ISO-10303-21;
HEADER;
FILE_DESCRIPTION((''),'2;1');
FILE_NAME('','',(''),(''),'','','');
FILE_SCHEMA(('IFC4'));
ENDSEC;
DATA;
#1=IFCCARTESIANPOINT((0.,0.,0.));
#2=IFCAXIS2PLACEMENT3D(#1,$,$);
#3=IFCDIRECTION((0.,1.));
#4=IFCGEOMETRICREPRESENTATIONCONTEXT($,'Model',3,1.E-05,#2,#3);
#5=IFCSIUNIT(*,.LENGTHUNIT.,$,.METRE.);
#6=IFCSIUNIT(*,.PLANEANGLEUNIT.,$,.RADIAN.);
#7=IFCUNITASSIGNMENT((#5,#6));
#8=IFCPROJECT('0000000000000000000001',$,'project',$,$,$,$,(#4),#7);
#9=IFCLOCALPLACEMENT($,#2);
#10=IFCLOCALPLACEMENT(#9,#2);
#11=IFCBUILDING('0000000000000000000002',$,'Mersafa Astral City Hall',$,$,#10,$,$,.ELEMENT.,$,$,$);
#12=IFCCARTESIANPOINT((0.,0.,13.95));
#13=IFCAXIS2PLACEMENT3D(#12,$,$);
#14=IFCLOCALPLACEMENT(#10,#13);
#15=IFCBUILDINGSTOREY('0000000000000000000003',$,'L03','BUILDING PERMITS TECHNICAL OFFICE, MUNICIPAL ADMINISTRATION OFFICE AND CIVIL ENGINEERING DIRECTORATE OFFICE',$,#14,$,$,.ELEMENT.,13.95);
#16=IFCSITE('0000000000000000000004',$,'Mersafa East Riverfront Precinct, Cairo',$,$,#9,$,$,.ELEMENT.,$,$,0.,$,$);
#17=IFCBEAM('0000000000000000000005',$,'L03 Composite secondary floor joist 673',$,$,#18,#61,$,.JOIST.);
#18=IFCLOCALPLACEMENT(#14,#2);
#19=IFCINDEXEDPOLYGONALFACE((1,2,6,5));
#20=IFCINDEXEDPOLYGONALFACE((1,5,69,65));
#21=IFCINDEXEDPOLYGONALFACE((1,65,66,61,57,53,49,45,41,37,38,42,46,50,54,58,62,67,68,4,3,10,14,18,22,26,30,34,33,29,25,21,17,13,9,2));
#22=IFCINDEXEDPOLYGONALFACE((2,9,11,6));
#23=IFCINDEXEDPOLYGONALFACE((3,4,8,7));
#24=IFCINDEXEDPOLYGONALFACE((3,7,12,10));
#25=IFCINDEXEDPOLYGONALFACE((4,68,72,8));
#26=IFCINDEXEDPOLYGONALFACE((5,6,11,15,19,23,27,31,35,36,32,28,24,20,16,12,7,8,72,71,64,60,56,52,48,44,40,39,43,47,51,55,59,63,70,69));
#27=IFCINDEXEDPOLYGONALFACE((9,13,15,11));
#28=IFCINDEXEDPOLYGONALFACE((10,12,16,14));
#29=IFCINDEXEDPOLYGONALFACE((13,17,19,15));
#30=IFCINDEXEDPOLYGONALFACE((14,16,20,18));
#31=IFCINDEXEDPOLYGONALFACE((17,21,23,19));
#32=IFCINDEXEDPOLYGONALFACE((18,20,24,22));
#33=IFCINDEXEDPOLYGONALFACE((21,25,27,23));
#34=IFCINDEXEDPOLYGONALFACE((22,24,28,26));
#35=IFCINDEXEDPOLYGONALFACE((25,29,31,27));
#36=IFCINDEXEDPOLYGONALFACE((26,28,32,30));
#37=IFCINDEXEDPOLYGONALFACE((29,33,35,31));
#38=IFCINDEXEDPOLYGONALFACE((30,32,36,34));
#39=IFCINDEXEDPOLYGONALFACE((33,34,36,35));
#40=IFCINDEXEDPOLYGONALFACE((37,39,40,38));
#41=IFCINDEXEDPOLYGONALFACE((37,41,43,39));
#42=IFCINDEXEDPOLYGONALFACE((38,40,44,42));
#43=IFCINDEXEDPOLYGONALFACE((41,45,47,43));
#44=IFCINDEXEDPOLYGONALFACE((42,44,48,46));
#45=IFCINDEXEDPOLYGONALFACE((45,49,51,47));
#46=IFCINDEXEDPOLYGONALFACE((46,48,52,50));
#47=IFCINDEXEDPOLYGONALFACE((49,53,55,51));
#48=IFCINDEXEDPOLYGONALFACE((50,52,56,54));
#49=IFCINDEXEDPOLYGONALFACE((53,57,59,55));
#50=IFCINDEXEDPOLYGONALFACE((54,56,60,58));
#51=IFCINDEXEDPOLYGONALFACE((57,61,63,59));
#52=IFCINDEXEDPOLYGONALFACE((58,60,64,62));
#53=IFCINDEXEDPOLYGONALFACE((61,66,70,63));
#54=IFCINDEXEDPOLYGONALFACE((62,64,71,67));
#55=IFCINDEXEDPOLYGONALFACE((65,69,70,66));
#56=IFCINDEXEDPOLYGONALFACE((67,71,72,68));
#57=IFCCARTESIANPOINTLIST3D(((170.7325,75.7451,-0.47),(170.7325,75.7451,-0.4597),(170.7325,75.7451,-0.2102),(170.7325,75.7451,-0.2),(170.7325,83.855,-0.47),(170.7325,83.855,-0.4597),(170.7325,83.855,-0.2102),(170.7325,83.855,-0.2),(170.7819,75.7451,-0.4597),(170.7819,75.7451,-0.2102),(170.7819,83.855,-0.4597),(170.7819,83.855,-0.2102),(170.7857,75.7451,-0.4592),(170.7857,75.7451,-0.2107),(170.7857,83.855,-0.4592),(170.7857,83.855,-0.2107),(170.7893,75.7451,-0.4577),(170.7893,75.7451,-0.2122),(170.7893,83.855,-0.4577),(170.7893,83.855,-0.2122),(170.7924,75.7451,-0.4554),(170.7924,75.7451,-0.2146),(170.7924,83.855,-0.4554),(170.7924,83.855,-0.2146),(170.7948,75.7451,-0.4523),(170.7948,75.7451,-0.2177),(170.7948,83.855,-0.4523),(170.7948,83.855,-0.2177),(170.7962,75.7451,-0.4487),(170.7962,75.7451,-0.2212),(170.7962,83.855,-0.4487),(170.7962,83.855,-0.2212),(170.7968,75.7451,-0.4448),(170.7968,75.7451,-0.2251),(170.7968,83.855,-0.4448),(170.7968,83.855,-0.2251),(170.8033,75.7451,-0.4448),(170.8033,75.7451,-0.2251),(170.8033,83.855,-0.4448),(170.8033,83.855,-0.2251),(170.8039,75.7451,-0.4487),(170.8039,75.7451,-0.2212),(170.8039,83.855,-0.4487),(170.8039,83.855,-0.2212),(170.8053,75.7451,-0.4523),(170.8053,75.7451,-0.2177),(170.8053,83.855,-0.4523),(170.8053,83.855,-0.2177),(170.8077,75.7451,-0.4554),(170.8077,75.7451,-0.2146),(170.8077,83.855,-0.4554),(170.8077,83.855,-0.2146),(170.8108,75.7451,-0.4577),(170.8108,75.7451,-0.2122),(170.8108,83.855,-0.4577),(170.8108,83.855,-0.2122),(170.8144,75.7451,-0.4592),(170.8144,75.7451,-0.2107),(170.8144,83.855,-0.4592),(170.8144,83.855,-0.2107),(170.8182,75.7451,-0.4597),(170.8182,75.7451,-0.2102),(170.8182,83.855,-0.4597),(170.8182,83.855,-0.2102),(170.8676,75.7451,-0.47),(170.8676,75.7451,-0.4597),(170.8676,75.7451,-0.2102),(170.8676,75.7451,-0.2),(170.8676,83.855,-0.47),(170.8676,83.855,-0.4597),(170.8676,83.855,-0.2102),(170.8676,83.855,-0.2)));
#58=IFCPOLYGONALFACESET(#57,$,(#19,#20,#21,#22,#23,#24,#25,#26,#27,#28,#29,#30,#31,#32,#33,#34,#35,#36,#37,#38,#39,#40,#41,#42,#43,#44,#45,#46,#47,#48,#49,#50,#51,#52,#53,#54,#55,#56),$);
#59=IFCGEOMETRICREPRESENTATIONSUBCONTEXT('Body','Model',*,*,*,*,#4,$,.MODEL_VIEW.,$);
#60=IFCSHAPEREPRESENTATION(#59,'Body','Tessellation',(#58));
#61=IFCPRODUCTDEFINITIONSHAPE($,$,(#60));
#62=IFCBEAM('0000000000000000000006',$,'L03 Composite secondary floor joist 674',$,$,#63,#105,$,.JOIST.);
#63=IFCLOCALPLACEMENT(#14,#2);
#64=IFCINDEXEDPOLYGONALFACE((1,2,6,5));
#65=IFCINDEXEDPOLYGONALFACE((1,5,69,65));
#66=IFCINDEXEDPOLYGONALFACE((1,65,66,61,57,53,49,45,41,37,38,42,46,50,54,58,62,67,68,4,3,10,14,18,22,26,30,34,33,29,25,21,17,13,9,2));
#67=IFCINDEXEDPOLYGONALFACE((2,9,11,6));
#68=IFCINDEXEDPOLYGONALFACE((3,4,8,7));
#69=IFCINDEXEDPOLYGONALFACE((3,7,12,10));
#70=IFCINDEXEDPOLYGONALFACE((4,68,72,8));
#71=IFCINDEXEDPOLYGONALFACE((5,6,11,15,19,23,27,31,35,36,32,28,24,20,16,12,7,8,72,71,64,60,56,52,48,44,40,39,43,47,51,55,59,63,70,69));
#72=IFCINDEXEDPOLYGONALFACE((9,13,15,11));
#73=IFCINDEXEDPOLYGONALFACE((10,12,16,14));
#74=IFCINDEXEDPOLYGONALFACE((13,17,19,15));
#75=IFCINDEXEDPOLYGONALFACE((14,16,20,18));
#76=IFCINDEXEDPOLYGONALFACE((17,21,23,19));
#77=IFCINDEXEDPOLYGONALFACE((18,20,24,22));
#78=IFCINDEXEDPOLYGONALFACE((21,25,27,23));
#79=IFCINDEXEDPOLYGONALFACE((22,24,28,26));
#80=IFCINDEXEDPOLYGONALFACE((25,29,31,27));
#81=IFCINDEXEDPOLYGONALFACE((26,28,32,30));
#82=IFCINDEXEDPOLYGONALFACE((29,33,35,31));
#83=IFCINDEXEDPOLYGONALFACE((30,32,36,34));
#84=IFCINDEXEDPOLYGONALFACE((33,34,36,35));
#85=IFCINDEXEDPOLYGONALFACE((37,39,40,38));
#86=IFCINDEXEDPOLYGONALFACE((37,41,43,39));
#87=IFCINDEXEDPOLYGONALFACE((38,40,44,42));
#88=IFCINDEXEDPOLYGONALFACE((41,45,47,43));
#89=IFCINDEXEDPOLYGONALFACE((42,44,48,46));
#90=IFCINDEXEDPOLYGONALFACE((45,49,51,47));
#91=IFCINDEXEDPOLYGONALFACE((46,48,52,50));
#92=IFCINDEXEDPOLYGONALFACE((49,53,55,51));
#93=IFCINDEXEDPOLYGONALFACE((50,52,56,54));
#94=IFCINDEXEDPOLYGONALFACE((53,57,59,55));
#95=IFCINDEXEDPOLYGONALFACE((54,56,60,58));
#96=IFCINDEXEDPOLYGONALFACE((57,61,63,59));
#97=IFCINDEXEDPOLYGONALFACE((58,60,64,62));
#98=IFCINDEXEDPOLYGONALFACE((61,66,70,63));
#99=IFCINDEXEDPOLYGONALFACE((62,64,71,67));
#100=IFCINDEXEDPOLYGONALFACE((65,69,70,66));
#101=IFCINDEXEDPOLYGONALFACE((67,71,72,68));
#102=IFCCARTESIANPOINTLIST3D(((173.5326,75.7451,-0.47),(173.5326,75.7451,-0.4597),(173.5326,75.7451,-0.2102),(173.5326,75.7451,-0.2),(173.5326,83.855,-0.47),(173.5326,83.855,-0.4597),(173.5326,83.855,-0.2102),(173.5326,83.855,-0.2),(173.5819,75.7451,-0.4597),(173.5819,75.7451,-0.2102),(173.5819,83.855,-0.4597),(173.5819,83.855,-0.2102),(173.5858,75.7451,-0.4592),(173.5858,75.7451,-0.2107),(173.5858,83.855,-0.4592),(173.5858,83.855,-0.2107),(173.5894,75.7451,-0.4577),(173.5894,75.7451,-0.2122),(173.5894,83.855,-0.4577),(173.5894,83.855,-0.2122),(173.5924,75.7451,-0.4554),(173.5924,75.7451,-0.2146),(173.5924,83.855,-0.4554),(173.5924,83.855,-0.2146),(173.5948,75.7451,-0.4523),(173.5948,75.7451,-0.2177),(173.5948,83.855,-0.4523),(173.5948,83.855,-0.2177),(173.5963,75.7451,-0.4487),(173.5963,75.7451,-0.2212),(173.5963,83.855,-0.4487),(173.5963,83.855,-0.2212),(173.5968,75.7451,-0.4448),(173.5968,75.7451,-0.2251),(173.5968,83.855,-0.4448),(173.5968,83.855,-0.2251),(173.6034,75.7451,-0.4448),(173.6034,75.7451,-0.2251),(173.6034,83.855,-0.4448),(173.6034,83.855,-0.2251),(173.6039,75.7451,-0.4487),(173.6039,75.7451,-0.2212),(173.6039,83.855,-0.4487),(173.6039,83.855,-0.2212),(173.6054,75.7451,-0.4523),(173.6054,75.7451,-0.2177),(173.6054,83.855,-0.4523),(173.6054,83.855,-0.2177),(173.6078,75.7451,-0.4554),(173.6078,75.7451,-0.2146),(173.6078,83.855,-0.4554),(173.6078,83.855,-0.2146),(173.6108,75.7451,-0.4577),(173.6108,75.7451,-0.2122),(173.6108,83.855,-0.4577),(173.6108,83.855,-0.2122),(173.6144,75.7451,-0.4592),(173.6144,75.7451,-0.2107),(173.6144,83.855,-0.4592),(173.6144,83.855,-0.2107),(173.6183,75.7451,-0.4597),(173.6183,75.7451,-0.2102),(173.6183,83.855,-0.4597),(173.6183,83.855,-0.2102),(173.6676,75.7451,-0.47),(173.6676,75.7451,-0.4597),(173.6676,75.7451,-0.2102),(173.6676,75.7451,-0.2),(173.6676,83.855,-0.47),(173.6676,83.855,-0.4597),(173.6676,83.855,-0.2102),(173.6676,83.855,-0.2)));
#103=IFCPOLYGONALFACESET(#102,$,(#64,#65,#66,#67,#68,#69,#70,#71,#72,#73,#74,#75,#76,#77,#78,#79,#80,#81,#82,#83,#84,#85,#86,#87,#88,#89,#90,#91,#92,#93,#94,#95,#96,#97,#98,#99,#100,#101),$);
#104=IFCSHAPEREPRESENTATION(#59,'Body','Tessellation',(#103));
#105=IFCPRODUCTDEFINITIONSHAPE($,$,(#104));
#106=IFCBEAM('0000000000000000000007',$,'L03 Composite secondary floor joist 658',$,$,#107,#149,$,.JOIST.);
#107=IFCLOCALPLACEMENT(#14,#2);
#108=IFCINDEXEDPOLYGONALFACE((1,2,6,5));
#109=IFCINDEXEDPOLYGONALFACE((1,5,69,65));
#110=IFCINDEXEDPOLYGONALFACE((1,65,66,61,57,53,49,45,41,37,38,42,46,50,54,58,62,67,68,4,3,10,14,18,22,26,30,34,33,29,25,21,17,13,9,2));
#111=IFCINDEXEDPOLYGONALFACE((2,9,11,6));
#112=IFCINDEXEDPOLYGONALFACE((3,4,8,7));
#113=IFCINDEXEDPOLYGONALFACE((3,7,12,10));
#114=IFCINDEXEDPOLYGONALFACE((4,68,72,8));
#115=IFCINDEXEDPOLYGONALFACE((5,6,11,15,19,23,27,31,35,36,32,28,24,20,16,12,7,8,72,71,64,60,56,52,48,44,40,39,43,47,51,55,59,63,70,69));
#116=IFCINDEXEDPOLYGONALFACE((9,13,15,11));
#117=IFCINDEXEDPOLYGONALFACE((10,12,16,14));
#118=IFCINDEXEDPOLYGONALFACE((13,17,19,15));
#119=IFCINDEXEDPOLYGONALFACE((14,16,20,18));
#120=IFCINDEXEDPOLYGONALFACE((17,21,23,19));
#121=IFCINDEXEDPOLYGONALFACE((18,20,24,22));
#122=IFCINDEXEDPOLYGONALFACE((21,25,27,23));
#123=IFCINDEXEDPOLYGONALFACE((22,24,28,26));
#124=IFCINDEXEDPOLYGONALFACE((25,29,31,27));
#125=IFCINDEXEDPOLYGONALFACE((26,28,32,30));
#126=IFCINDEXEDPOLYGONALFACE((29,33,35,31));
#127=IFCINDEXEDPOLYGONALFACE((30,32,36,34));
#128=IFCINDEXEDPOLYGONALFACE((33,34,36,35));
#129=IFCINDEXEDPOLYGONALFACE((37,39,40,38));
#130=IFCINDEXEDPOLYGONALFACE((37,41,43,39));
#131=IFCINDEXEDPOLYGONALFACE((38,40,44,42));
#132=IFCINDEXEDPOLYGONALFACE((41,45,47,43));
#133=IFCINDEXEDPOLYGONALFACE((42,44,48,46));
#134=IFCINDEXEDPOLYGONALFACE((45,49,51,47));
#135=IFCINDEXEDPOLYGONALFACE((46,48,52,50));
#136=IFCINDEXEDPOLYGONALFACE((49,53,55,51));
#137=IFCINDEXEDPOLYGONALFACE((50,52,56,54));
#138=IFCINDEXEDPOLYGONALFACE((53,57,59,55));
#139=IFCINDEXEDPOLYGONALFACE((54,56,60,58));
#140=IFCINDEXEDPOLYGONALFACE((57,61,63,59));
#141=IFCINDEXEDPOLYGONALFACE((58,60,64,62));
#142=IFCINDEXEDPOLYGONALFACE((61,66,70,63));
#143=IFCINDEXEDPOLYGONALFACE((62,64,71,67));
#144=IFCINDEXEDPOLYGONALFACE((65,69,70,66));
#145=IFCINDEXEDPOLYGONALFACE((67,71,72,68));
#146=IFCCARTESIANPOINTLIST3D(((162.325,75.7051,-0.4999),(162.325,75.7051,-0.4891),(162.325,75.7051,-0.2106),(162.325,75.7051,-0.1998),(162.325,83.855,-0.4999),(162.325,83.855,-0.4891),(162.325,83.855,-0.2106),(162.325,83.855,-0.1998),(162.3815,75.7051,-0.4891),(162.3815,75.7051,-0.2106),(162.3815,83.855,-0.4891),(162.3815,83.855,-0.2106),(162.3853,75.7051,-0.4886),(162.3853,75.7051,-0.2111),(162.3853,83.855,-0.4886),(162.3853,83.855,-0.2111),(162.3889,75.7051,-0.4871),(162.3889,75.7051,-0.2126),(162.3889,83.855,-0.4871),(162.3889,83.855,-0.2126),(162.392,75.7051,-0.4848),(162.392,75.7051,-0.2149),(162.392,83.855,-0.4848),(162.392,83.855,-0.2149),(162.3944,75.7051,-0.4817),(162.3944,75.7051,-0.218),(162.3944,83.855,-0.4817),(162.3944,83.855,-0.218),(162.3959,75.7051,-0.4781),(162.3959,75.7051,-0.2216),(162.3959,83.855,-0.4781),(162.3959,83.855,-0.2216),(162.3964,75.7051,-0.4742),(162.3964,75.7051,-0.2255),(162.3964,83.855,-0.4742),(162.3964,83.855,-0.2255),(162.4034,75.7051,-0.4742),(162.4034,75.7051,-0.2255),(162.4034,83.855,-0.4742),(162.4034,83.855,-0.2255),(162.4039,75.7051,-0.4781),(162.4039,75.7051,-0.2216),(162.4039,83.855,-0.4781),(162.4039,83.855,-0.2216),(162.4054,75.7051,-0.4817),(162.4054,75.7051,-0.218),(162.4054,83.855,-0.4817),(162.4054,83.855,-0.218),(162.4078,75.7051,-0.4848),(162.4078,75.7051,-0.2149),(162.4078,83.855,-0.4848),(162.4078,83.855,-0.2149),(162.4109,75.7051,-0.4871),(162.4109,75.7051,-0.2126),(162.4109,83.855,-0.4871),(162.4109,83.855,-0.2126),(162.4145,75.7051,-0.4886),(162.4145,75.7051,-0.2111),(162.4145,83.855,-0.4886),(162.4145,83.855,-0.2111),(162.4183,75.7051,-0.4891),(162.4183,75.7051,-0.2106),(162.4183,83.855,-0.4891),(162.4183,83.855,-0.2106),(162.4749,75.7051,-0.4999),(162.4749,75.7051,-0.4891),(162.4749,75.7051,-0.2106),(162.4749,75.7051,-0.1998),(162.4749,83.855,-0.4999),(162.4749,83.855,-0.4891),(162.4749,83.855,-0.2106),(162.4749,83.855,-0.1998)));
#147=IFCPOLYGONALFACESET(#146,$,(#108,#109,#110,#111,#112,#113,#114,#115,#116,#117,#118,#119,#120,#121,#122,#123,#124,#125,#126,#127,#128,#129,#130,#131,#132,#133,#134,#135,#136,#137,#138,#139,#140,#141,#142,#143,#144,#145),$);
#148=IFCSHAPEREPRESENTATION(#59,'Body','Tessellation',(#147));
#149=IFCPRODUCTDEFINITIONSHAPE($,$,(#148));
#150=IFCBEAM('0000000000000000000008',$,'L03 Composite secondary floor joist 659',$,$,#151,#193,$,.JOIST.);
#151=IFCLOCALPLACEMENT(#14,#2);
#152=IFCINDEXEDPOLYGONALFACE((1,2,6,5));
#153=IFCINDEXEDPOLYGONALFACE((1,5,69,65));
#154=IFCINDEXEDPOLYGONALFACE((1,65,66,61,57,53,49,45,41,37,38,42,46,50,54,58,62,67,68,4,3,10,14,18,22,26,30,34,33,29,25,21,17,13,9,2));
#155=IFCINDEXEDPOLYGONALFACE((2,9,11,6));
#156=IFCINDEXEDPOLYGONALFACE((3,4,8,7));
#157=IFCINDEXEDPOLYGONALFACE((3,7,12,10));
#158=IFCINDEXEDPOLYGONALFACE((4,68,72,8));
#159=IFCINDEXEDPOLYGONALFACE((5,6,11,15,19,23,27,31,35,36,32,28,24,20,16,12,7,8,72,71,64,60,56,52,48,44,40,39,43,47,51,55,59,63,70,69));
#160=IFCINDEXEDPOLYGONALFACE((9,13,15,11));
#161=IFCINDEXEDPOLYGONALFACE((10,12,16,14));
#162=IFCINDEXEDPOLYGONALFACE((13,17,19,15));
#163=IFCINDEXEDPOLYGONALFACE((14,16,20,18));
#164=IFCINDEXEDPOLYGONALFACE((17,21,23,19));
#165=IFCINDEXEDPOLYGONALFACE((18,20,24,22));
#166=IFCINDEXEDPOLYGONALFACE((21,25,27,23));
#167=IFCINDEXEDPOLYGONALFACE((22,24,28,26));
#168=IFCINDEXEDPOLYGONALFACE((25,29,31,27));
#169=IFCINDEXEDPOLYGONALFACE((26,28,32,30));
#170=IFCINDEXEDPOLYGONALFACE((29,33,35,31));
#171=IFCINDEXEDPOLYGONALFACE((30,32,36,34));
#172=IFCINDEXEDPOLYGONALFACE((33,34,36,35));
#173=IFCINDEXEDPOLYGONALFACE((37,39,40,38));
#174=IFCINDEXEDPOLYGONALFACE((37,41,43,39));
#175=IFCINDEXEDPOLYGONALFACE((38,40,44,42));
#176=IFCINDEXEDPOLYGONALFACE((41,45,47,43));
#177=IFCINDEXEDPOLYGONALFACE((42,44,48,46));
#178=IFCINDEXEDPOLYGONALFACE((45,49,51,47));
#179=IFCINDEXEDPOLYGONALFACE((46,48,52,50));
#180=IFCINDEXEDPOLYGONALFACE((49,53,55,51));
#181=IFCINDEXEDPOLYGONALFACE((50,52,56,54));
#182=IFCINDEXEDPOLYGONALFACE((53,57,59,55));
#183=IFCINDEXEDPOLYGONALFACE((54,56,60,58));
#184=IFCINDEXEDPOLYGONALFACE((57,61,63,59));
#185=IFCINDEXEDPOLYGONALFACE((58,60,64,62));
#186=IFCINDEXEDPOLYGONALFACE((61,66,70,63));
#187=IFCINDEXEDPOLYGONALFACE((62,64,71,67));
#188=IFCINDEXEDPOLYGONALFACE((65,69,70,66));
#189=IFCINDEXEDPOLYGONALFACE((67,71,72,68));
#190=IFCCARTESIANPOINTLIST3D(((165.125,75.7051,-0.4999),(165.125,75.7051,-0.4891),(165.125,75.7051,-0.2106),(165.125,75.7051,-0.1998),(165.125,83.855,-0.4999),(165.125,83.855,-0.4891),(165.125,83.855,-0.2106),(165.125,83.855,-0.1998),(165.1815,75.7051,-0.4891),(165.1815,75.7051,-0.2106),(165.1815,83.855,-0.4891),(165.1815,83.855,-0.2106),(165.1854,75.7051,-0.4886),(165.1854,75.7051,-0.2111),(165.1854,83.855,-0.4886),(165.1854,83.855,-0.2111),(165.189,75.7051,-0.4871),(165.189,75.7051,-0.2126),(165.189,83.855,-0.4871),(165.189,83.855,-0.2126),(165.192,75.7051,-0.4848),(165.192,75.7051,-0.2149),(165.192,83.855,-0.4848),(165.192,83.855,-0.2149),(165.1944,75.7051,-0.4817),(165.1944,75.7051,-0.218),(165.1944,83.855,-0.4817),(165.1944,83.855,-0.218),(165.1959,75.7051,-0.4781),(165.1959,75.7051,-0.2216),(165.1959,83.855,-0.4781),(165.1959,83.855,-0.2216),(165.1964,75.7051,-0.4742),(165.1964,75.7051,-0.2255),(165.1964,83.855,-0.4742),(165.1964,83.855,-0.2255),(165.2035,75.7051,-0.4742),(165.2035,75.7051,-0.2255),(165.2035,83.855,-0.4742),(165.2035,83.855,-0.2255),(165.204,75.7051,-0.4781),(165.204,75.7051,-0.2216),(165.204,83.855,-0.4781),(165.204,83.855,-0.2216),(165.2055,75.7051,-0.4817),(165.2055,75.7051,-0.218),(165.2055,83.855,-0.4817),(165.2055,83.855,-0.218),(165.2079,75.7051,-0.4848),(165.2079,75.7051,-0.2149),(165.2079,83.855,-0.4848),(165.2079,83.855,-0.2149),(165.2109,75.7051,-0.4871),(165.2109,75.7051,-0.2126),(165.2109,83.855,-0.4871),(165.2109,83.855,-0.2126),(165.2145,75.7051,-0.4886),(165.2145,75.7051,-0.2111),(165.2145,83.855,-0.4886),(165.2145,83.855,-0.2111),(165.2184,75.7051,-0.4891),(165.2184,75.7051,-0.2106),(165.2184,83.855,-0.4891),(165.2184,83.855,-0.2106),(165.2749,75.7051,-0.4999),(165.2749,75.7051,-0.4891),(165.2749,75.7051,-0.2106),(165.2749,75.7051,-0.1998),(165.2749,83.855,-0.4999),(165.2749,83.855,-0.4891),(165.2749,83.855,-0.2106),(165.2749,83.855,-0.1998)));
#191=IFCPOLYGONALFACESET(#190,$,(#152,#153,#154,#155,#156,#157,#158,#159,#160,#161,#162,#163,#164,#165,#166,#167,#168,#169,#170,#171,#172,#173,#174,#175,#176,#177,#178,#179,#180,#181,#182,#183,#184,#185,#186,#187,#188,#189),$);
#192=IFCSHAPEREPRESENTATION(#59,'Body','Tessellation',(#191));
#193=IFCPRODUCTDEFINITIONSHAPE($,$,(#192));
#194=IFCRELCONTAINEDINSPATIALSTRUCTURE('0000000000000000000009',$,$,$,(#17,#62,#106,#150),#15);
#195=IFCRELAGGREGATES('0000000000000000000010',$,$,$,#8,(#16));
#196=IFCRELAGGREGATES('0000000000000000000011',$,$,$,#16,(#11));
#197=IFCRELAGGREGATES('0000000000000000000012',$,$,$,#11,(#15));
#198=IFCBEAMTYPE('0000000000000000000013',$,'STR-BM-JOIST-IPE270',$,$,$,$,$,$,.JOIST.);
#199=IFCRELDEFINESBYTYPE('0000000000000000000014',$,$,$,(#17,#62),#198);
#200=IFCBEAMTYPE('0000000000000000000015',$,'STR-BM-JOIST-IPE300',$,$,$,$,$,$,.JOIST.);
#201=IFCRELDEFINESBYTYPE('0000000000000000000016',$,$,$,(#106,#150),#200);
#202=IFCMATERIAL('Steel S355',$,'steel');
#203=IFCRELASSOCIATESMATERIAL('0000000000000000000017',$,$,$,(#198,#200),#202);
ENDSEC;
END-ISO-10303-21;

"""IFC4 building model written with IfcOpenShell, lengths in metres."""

from ifc_helpers import new_model, si_unit, direction, frame, origin, origin_2d, place, context, subcontext, project, spatial, i_section, extrude, material, material_profile, profile_set, type_object, element, save


model = new_model("IFC4")

# Units and contexts
model_context = context("Model", 3, precision=1e-05, world=origin(), true_north=direction((0.0, 1.0)))
body_context = subcontext(model_context, "Body", "Model", "MODEL_VIEW")
ifc_project = project(units=[si_unit("LENGTHUNIT", "METRE"), si_unit("PLANEANGLEUNIT", "RADIAN")], contexts=[model_context])

# Site, building, storey
site_placement = place(None, origin())
site = spatial("IfcSite", under=ifc_project, at=site_placement, Name="Mersafa East Riverfront Precinct, Cairo", CompositionType="ELEMENT", RefElevation=0.0)
building_placement = place(site_placement, origin())
building = spatial("IfcBuilding", under=site, at=building_placement, Name="Mersafa Astral City Hall", CompositionType="ELEMENT")
storey_placement = place(building_placement, frame((0.0, 0.0, 13.95)))
storey = spatial("IfcBuildingStorey", under=building, at=storey_placement, Name="L03", Description="BUILDING PERMITS TECHNICAL OFFICE, MUNICIPAL ADMINISTRATION OFFICE AND CIVIL ENGINEERING DIRECTORATE OFFICE", CompositionType="ELEMENT", Elevation=13.95)

# Shared definitions
ifc_material_1 = material(Name="Steel S355", Category="steel")

# Beams
ifc_material_profile_1 = material_profile(ifc_material_1, i_section(OverallWidth=0.135, OverallDepth=0.27, WebThickness=0.0066, FlangeThickness=0.0103, FilletRadius=0.0149, at=origin_2d()), Name="IPE 270")
ifc_profile_set_1 = profile_set([ifc_material_profile_1], Name="Steel S355")
beam_type_1 = type_object("IfcBeamType", Name="STR-BM-JOIST-IPE270", PredefinedType="JOIST", material=ifc_profile_set_1)
for number, where, z_axis, x_axis, name in (
    (1, (170.8, 75.7451, -0.335), (0.0, 1.0, 0.0), (-1.0, 0.0, 0.0), "L03 Composite secondary floor joist 673"),
    (2, (173.6001, 75.7451, -0.335), (0.0, 1.0, 0.0), (-1.0, 0.0, 0.0), "L03 Composite secondary floor joist 674"),
):
    element("IfcBeam", number, at=place(storey_placement, frame(where, z_axis=z_axis, x_axis=x_axis)), inside=storey, type_object=beam_type_1, Name=name, PredefinedType="JOIST", context=body_context, shape_type="SweptSolid", body=[
        extrude(i_section(OverallWidth=0.135, OverallDepth=0.27, WebThickness=0.0066, FlangeThickness=0.0103, FilletRadius=0.0149, at=origin_2d()), origin(), (0.0, 0.0, 1.0), 8.1099),
    ])
ifc_material_profile_2 = material_profile(ifc_material_1, i_section(OverallWidth=0.1499, OverallDepth=0.3, WebThickness=0.0071, FlangeThickness=0.0107, FilletRadius=0.0149, at=origin_2d()), Name="IPE 300")
ifc_profile_set_2 = profile_set([ifc_material_profile_2], Name="Steel S355")
beam_type_2 = type_object("IfcBeamType", Name="STR-BM-JOIST-IPE300", PredefinedType="JOIST", material=ifc_profile_set_2)
for number, where, z_axis, x_axis, name in (
    (3, (162.3999, 75.7051, -0.3499), (0.0, 1.0, 0.0), (-1.0, 0.0, 0.0), "L03 Composite secondary floor joist 658"),
    (4, (165.2, 75.7051, -0.3499), (0.0, 1.0, 0.0), (-1.0, 0.0, 0.0), "L03 Composite secondary floor joist 659"),
):
    element("IfcBeam", number, at=place(storey_placement, frame(where, z_axis=z_axis, x_axis=x_axis)), inside=storey, type_object=beam_type_2, Name=name, PredefinedType="JOIST", context=body_context, shape_type="SweptSolid", body=[
        extrude(i_section(OverallWidth=0.1499, OverallDepth=0.3, WebThickness=0.0071, FlangeThickness=0.0107, FilletRadius=0.0149, at=origin_2d()), origin(), (0.0, 0.0, 1.0), 8.1499),
    ])

save(model, "model.ifc")
